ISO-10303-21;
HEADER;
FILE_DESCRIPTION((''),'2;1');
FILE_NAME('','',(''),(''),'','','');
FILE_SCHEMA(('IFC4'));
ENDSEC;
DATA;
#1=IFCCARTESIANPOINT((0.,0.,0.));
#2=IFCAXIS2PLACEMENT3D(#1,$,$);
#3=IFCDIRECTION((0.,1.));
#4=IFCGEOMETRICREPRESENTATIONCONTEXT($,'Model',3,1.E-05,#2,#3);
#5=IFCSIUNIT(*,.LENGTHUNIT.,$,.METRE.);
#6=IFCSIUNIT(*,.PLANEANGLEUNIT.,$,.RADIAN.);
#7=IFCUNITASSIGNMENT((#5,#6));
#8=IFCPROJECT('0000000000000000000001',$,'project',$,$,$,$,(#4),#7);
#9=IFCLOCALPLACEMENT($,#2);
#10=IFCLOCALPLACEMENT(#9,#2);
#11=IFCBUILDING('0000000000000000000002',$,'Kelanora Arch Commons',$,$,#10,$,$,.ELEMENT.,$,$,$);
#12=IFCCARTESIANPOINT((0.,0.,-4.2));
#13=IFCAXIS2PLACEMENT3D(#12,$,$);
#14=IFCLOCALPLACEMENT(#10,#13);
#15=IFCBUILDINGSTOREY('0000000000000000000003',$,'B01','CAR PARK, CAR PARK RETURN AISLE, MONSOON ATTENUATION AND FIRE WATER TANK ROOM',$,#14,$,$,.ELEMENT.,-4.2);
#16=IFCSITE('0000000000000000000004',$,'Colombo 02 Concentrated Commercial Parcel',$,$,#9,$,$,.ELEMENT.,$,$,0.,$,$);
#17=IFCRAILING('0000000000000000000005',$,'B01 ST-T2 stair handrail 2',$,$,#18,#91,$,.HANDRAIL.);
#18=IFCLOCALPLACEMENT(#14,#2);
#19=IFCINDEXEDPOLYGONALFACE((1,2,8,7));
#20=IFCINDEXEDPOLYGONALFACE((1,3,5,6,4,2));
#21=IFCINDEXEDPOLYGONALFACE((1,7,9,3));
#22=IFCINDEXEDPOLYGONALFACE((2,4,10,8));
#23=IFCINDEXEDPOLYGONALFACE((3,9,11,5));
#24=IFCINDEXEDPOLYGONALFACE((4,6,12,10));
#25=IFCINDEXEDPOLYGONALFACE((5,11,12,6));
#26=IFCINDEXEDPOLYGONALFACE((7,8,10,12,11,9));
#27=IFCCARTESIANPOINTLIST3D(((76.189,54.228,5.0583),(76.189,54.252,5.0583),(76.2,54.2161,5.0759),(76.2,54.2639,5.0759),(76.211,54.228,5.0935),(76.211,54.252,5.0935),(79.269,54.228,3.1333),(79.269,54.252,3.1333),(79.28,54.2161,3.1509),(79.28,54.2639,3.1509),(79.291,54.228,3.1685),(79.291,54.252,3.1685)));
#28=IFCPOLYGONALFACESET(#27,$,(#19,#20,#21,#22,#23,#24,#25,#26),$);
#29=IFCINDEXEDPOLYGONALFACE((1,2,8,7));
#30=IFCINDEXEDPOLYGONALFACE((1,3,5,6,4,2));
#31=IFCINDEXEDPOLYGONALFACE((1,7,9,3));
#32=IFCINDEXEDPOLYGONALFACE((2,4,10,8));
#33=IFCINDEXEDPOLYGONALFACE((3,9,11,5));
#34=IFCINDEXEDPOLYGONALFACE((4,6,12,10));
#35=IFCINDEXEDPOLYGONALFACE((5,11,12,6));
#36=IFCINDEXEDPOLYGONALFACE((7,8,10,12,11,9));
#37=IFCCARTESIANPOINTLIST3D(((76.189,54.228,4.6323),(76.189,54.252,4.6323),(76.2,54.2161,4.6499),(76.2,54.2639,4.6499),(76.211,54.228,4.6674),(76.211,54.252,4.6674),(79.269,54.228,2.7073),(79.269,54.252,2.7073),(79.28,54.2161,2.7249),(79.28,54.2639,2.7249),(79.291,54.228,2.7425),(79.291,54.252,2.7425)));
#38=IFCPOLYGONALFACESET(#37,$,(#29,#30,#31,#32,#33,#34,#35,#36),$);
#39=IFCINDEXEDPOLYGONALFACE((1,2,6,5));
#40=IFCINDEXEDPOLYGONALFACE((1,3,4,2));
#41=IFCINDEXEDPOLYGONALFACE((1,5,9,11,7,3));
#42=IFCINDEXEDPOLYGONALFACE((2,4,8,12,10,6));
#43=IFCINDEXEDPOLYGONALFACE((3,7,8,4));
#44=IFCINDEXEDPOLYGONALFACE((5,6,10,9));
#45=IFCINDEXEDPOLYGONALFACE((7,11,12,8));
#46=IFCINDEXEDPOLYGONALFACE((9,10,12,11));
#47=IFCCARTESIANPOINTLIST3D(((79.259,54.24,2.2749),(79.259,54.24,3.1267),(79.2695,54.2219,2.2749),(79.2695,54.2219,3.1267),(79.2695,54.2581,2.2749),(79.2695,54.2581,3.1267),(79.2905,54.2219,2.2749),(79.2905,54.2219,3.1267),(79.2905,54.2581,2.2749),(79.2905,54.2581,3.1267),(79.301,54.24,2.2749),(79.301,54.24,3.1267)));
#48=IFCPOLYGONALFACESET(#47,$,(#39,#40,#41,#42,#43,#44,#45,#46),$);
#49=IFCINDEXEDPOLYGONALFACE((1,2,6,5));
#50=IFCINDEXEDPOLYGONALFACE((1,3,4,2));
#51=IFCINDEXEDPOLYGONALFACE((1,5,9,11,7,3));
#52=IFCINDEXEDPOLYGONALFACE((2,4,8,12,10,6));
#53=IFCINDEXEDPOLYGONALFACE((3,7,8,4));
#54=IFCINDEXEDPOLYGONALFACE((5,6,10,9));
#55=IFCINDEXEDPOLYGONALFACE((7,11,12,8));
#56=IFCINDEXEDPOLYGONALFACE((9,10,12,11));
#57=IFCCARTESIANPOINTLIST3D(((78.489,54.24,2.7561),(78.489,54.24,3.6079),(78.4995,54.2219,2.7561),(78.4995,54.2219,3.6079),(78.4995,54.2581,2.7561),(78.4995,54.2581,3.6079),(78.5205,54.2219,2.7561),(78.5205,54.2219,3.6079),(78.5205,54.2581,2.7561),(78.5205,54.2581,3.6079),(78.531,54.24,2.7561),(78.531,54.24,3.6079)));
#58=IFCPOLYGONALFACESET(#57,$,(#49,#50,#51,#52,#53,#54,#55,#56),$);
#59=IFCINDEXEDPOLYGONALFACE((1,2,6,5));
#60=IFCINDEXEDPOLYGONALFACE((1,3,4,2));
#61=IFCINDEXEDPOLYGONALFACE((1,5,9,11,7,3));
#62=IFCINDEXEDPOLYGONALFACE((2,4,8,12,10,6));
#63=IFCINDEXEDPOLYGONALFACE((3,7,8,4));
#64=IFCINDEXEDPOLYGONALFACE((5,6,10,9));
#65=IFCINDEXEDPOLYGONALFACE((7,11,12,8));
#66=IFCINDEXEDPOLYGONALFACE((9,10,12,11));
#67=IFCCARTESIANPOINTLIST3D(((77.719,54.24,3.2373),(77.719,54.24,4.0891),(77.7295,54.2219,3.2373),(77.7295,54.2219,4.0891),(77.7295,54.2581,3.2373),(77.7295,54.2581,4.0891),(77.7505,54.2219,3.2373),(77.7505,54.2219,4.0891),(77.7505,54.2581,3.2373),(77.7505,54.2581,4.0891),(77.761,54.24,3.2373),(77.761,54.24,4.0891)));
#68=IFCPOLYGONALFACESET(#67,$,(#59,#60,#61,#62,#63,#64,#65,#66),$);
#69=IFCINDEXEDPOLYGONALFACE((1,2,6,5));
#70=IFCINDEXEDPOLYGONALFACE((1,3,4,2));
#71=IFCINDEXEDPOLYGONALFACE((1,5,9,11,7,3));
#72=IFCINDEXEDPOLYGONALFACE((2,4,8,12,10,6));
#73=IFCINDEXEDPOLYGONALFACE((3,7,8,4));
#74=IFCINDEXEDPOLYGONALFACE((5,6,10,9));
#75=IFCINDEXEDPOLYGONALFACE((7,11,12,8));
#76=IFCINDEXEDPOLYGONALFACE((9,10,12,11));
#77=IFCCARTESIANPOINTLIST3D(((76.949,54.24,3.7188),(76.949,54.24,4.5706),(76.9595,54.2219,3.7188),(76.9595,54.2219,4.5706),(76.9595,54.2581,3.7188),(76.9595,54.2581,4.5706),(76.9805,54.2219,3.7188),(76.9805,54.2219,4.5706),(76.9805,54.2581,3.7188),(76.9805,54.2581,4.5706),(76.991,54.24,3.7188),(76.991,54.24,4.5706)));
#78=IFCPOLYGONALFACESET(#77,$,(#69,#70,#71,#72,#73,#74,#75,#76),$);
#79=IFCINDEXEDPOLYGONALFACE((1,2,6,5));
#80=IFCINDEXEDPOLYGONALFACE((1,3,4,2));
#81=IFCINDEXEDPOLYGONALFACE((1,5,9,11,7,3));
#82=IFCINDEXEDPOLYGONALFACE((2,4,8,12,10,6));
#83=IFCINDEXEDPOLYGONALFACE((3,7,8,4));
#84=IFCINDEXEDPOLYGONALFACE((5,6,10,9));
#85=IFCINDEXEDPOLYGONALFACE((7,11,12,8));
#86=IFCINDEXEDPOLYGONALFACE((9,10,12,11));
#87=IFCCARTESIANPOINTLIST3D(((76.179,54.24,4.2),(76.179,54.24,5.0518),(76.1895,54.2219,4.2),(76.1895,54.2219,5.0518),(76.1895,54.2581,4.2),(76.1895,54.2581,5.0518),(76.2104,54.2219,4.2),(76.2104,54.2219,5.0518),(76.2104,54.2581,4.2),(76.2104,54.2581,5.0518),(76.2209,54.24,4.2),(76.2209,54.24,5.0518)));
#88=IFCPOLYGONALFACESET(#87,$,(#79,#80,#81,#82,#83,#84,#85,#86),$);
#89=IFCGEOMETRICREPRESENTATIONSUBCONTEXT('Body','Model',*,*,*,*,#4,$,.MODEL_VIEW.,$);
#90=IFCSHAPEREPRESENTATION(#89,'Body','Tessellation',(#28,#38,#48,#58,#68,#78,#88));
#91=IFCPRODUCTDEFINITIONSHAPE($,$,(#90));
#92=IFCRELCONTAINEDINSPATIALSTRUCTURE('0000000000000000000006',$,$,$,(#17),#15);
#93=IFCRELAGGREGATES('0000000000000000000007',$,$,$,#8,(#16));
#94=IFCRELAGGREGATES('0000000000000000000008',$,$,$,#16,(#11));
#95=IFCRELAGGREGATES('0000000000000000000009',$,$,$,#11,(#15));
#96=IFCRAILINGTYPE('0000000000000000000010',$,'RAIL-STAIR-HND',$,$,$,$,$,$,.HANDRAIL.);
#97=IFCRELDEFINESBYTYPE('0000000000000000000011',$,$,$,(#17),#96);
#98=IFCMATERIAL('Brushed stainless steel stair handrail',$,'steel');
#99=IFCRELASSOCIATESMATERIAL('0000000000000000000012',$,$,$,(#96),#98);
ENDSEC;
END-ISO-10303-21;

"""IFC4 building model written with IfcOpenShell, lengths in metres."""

from ifc_helpers import new_model, si_unit, direction, frame, origin, place, context, subcontext, project, spatial, polyline, outline, extrude, material, type_object, element, save


model = new_model("IFC4")

# Units and contexts
model_context = context("Model", 3, precision=1e-05, world=origin(), true_north=direction((0.0, 1.0)))
body_context = subcontext(model_context, "Body", "Model", "MODEL_VIEW")
ifc_project = project(units=[si_unit("LENGTHUNIT", "METRE"), si_unit("PLANEANGLEUNIT", "RADIAN")], contexts=[model_context])

# Site, building, storey
site_placement = place(None, origin())
site = spatial("IfcSite", under=ifc_project, at=site_placement, Name="Colombo 02 Concentrated Commercial Parcel", CompositionType="ELEMENT", RefElevation=0.0)
building_placement = place(site_placement, origin())
building = spatial("IfcBuilding", under=site, at=building_placement, Name="Kelanora Arch Commons", CompositionType="ELEMENT")
storey_placement = place(building_placement, frame((0.0, 0.0, -4.2)))
storey = spatial("IfcBuildingStorey", under=building, at=storey_placement, Name="B01", Description="CAR PARK, CAR PARK RETURN AISLE, MONSOON ATTENUATION AND FIRE WATER TANK ROOM", CompositionType="ELEMENT", Elevation=-4.2)

# Railing
ifc_material_1 = material(Name="Brushed stainless steel stair handrail", Category="steel")
railing_type_1 = type_object("IfcRailingType", Name="RAIL-STAIR-HND", PredefinedType="HANDRAIL", material=ifc_material_1)
railing_1_placement = place(storey_placement, frame((79.28, 54.24, 2.2749)))
element("IfcRailing", 1, at=railing_1_placement, inside=storey, type_object=railing_type_1, Name="B01 ST-T2 stair handrail 2", PredefinedType="HANDRAIL", context=body_context, shape_type="SweptSolid", body=[
    extrude(outline(polyline([(0.0239, 0.0), (0.012, 0.0208), (-0.012, 0.0208), (-0.0239, 0.0), (-0.012, -0.0208), (0.012, -0.0208), (0.0239, 0.0)])), frame((0.0, 0.0, 0.876), z_axis=(-0.847998, 0.0, 0.529999), x_axis=(0.0, -1.0, 0.0)), (0.0, 0.0, 1.0), 3.6321),
    extrude(outline(polyline([(0.0239, 0.0), (0.012, 0.0208), (-0.012, 0.0208), (-0.0239, 0.0), (-0.012, -0.0208), (0.012, -0.0208), (0.0239, 0.0)])), frame((0.0, 0.0, 0.45), z_axis=(-0.847998, 0.0, 0.529999), x_axis=(0.0, -1.0, 0.0)), (0.0, 0.0, 1.0), 3.6321),
    extrude(outline(polyline([(0.021, 0.0), (0.0105, 0.0181), (-0.0105, 0.0181), (-0.021, 0.0), (-0.0105, -0.0181), (0.0105, -0.0181), (0.021, 0.0)])), origin(), (0.0, 0.0, 1.0), 0.8518),
    extrude(outline(polyline([(0.021, 0.0), (0.0105, 0.0181), (-0.0105, 0.0181), (-0.021, 0.0), (-0.0105, -0.0181), (0.0105, -0.0181), (0.021, 0.0)])), frame((-0.77, 0.0, 0.4812)), (0.0, 0.0, 1.0), 0.8518),
    extrude(outline(polyline([(0.021, 0.0), (0.0105, 0.0181), (-0.0105, 0.0181), (-0.021, 0.0), (-0.0105, -0.0181), (0.0105, -0.0181), (0.021, 0.0)])), frame((-1.54, 0.0, 0.9624)), (0.0, 0.0, 1.0), 0.8518),
    extrude(outline(polyline([(0.021, 0.0), (0.0105, 0.0181), (-0.0105, 0.0181), (-0.021, 0.0), (-0.0105, -0.0181), (0.0105, -0.0181), (0.021, 0.0)])), frame((-2.3101, 0.0, 1.4438)), (0.0, 0.0, 1.0), 0.8518),
    extrude(outline(polyline([(0.021, 0.0), (0.0105, 0.0181), (-0.0105, 0.0181), (-0.021, 0.0), (-0.0105, -0.0181), (0.0105, -0.0181), (0.021, 0.0)])), frame((-3.0801, 0.0, 1.925)), (0.0, 0.0, 1.0), 0.8518),
])

save(model, "model.ifc")
